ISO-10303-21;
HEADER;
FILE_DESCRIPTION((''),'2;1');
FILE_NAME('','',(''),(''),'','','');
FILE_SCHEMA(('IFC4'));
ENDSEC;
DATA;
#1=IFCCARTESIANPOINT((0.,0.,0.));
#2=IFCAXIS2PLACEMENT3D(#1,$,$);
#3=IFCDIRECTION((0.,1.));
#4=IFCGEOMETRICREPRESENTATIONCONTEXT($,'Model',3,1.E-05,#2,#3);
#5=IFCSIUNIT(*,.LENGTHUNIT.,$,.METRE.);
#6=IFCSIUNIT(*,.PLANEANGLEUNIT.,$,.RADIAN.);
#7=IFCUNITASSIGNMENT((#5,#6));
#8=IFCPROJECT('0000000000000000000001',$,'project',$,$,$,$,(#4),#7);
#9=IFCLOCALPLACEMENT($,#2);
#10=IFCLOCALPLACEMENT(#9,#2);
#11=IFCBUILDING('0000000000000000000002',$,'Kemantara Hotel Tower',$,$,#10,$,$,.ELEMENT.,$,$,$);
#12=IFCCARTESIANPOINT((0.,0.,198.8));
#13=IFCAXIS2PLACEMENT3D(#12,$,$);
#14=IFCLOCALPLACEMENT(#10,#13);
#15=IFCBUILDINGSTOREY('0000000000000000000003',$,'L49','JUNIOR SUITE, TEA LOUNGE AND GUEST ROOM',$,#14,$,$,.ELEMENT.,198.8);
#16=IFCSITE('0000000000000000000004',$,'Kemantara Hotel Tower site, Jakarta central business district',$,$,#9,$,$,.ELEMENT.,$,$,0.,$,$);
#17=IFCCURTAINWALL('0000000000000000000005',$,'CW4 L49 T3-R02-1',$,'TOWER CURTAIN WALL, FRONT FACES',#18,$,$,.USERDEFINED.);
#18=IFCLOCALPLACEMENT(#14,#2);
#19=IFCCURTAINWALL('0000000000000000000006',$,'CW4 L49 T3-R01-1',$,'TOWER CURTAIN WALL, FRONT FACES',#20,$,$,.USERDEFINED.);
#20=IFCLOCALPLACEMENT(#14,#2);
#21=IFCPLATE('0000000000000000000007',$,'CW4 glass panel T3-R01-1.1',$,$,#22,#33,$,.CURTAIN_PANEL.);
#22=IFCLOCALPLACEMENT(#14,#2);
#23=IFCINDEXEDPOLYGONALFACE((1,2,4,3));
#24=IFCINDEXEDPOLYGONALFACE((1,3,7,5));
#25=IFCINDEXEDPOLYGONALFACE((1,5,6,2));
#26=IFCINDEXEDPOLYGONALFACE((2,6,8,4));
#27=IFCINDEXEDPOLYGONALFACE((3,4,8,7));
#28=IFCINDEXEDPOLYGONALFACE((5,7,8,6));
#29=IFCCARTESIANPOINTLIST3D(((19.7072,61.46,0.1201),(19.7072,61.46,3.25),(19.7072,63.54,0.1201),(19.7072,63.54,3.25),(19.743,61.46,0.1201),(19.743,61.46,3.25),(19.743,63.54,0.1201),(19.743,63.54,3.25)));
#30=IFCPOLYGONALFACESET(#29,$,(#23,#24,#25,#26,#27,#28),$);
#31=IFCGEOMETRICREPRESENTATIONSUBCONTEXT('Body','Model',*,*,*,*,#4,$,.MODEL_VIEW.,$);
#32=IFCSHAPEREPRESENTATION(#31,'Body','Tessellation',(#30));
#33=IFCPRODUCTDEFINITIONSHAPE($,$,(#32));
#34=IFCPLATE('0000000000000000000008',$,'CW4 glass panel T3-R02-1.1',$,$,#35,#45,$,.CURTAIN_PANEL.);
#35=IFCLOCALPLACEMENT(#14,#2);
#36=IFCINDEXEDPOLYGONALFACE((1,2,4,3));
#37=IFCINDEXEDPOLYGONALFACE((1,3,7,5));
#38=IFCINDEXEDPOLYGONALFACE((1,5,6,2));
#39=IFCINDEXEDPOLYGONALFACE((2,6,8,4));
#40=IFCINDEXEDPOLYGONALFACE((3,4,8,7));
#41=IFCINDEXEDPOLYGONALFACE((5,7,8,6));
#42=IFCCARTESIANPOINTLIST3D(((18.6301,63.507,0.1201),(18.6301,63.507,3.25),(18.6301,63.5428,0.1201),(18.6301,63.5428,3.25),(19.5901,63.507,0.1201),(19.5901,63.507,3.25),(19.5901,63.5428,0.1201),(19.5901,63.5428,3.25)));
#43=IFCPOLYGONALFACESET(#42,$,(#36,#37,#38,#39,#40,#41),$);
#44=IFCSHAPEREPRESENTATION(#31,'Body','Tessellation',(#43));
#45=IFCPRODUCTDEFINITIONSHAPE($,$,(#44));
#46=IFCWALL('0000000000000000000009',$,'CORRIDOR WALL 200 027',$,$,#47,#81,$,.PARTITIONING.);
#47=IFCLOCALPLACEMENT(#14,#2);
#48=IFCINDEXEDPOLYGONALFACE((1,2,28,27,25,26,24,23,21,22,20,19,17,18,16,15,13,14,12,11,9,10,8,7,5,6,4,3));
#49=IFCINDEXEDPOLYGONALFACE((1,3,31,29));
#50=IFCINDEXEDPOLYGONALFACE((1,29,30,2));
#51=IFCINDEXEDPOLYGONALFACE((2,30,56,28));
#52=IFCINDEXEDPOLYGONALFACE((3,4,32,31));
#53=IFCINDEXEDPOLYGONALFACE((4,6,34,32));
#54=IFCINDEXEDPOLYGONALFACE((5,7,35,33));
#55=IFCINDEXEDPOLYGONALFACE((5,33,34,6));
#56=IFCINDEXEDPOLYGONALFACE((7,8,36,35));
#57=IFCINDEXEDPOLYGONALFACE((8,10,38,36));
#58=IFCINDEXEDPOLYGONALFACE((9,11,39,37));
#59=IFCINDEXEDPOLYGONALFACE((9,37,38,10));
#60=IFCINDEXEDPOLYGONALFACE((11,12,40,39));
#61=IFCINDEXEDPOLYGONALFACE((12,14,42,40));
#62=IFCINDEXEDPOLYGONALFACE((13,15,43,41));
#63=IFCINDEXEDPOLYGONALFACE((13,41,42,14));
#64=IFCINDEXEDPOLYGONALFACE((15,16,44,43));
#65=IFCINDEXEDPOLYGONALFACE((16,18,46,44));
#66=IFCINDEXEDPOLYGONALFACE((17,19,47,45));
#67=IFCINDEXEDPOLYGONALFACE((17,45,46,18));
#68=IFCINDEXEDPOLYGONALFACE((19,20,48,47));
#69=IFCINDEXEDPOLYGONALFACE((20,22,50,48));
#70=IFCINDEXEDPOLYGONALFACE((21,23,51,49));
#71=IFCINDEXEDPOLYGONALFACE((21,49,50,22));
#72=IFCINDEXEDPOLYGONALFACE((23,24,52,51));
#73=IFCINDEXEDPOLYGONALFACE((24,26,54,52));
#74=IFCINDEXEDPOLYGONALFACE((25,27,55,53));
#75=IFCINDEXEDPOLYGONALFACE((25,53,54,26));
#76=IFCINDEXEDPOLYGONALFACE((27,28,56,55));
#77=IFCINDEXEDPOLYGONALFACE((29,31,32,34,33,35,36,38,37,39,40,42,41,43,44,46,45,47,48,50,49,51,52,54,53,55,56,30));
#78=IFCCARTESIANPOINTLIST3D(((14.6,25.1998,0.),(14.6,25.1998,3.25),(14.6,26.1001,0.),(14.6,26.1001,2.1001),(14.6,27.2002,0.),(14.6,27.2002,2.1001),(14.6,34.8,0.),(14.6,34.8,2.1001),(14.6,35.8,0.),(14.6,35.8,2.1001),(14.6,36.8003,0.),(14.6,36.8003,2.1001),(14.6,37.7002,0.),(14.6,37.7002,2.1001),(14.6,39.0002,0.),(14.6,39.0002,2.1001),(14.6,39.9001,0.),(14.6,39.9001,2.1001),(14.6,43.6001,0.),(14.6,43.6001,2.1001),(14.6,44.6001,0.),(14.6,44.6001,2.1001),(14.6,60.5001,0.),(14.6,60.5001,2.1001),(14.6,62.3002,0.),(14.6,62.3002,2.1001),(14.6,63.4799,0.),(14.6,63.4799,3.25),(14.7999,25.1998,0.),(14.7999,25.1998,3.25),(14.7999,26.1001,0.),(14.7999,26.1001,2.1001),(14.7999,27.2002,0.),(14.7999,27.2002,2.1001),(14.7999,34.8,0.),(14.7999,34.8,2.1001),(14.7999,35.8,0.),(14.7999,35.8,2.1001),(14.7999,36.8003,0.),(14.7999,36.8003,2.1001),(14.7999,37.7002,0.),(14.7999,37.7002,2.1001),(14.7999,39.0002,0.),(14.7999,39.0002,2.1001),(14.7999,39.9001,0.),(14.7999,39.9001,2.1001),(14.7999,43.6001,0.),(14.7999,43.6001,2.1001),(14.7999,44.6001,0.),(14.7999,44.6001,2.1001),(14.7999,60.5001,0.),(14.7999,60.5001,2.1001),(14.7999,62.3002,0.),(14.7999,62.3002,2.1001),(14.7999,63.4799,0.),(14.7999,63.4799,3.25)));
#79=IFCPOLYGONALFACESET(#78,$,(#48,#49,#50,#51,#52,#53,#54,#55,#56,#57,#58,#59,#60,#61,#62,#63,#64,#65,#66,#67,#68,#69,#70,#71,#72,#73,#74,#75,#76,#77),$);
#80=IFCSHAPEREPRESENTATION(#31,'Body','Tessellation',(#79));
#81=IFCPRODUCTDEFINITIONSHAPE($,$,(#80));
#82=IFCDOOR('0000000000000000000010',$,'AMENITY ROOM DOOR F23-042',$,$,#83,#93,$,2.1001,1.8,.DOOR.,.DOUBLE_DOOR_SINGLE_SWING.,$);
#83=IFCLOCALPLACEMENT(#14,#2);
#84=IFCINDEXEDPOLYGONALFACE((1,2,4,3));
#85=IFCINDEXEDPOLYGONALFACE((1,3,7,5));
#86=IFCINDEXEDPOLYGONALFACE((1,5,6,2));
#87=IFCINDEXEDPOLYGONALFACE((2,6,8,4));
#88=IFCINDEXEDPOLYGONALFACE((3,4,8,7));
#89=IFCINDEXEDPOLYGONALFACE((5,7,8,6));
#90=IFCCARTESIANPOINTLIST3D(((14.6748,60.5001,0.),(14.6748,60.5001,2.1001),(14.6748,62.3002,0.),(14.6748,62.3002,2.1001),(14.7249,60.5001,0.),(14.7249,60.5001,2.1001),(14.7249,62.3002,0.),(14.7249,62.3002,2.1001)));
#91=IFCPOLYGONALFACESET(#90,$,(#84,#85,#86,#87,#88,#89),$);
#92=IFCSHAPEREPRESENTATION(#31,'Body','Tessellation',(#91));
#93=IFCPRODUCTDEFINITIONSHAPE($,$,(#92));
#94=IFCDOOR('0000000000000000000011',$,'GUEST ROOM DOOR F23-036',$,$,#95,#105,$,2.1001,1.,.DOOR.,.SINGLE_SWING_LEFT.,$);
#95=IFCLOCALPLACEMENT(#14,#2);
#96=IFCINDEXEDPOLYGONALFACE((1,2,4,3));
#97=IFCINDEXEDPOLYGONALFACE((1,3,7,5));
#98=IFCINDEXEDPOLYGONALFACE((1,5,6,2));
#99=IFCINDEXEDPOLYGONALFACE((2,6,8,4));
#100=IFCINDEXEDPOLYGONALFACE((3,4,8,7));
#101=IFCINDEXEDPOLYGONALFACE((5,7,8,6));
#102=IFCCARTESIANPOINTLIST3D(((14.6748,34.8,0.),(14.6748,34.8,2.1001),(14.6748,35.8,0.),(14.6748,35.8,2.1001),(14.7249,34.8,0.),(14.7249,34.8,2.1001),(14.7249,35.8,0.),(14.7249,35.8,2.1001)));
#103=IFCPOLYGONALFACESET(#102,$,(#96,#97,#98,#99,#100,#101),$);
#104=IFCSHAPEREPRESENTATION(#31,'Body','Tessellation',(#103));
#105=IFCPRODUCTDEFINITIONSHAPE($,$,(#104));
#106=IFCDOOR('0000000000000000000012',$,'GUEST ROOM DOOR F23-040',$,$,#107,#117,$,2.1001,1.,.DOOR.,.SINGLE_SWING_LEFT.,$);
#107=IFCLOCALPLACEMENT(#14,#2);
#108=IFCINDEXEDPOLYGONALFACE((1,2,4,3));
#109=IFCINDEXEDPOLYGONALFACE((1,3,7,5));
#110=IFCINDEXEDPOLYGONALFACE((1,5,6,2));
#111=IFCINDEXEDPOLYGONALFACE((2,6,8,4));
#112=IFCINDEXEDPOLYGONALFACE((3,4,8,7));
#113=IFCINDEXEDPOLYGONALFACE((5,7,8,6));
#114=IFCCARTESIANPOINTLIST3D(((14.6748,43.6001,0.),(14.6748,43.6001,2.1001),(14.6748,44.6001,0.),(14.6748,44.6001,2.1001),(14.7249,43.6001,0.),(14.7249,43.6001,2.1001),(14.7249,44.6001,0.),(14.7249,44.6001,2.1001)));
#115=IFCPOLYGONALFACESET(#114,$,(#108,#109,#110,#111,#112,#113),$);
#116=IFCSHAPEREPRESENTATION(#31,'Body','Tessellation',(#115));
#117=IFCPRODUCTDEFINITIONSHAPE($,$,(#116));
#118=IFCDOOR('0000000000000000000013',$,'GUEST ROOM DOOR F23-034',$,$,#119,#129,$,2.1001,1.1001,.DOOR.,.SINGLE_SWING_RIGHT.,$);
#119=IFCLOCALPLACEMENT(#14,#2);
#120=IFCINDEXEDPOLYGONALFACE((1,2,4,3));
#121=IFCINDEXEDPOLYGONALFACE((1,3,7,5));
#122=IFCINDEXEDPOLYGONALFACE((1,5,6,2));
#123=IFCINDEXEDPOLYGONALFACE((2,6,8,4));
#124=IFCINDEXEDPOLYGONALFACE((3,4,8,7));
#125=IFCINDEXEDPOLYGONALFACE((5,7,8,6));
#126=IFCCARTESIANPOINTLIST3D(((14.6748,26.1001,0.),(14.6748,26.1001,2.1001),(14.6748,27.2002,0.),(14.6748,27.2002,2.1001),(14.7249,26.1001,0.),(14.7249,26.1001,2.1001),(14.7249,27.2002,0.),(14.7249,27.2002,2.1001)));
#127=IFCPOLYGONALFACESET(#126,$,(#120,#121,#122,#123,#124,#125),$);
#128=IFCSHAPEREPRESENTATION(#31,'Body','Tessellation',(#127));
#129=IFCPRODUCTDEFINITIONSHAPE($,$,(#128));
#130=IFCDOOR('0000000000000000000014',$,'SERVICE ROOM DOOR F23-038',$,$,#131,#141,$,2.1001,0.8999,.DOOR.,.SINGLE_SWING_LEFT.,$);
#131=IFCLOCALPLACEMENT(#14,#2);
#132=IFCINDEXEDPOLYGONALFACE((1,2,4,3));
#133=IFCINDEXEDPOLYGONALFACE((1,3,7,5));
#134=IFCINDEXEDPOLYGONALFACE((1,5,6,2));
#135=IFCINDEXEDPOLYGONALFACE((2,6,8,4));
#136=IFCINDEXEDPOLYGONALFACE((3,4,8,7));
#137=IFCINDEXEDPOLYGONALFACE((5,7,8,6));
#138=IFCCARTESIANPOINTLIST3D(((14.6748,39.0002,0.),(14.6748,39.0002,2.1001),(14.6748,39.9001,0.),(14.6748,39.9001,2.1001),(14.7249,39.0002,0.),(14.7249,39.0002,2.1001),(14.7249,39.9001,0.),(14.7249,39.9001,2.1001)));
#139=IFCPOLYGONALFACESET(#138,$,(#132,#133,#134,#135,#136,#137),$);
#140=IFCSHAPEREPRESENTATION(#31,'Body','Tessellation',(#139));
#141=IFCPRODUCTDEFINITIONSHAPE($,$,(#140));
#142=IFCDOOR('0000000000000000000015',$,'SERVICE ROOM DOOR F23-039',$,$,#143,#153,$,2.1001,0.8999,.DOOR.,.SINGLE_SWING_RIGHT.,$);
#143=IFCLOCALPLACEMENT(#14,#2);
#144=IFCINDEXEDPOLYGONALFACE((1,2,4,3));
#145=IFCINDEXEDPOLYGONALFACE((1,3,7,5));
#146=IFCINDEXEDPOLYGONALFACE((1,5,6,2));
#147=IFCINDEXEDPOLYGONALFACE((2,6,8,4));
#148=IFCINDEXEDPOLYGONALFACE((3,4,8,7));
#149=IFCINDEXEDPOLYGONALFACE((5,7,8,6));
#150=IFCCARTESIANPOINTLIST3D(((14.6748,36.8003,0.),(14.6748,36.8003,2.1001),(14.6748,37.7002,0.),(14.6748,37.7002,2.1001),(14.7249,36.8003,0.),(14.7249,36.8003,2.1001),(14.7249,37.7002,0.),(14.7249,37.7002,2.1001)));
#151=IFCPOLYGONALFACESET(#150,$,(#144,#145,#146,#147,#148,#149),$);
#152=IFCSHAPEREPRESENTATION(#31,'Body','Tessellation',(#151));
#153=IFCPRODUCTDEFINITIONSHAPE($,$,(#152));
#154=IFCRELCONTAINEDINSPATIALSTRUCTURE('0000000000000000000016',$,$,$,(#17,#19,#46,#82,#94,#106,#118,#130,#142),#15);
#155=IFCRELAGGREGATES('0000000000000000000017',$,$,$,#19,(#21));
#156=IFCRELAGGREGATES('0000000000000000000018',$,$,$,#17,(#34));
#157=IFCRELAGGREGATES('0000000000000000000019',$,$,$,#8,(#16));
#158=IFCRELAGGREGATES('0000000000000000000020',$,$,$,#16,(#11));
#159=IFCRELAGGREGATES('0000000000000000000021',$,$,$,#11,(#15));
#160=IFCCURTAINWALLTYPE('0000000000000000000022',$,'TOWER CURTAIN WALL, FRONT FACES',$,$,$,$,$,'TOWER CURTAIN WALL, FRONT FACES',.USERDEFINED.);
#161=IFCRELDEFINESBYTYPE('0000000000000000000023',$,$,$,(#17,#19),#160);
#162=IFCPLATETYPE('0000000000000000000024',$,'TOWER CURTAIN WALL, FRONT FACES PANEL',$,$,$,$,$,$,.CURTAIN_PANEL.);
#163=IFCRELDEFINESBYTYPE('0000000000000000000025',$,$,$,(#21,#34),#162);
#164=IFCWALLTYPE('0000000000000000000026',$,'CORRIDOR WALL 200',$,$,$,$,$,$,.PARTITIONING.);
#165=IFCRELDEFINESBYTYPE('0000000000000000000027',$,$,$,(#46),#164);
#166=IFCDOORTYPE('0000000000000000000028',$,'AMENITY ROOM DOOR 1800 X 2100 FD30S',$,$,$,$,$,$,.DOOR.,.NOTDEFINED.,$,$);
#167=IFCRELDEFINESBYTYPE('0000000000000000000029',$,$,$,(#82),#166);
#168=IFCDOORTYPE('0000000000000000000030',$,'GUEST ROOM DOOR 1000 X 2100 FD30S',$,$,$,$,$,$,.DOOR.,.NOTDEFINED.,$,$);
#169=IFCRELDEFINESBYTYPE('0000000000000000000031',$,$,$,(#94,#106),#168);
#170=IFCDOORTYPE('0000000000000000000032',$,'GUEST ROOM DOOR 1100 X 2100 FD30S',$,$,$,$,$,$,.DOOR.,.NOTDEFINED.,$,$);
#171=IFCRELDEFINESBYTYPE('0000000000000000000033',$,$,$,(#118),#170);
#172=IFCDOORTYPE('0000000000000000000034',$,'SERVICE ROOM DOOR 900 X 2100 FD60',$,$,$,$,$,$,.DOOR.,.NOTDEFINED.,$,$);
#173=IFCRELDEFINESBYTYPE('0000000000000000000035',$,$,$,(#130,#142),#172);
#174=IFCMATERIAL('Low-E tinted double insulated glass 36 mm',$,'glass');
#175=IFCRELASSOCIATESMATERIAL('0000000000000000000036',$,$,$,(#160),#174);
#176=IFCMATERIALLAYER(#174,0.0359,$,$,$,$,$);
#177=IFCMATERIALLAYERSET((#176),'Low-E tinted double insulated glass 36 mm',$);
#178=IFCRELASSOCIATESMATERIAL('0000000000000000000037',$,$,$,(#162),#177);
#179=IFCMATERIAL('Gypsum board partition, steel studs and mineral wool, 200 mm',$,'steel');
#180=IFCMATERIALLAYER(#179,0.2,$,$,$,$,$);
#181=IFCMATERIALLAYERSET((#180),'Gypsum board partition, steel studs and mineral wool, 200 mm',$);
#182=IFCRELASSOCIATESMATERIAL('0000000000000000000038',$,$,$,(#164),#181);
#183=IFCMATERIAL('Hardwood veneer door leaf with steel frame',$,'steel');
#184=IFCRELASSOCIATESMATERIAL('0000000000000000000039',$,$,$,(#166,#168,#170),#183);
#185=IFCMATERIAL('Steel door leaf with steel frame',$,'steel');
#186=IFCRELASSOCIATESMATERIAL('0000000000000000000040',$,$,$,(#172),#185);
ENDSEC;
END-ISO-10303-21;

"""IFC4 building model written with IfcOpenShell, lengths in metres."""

from ifc_helpers import new_model, si_unit, direction, frame, frame_2d, origin, origin_2d, place, context, subcontext, project, spatial, rectangle, extrude, source, transform, mapped, material, layer, layer_set, type_object, element, fill, aggregate, save


model = new_model("IFC4")

# Units and contexts
model_context = context("Model", 3, precision=1e-05, world=origin(), true_north=direction((0.0, 1.0)))
body_context = subcontext(model_context, "Body", "Model", "MODEL_VIEW")
ifc_project = project(units=[si_unit("LENGTHUNIT", "METRE"), si_unit("PLANEANGLEUNIT", "RADIAN")], contexts=[model_context])

# Site, building, storey
site_placement = place(None, origin())
site = spatial("IfcSite", under=ifc_project, at=site_placement, Name="Kemantara Hotel Tower site, Jakarta central business district", CompositionType="ELEMENT", RefElevation=0.0)
building_placement = place(site_placement, origin())
building = spatial("IfcBuilding", under=site, at=building_placement, Name="Kemantara Hotel Tower", CompositionType="ELEMENT")
storey_placement = place(building_placement, frame((0.0, 0.0, 198.8)))
storey = spatial("IfcBuildingStorey", under=building, at=storey_placement, Name="L49", Description="JUNIOR SUITE, TEA LOUNGE AND GUEST ROOM", CompositionType="ELEMENT", Elevation=198.8)

# Curtain walls
ifc_material_1 = material(Name="Low-E tinted double insulated glass 36 mm", Category="glass")
curtain_wall_type = type_object("IfcCurtainWallType", Name="TOWER CURTAIN WALL, FRONT FACES", ElementType="TOWER CURTAIN WALL, FRONT FACES", PredefinedType="USERDEFINED", material=ifc_material_1)
curtain_wall_1_placement = place(storey_placement, origin())
curtain_wall_1 = element("IfcCurtainWall", 1, at=curtain_wall_1_placement, inside=storey, type_object=curtain_wall_type, Name="CW4 L49 T3-R02-1", ObjectType="TOWER CURTAIN WALL, FRONT FACES", PredefinedType="USERDEFINED")
curtain_wall_2_placement = place(storey_placement, origin())
curtain_wall_2 = element("IfcCurtainWall", 2, at=curtain_wall_2_placement, inside=storey, type_object=curtain_wall_type, Name="CW4 L49 T3-R01-1", ObjectType="TOWER CURTAIN WALL, FRONT FACES", PredefinedType="USERDEFINED")

# Plates
ifc_layer_1 = layer(ifc_material_1, 0.0359)
ifc_layer_set_1 = layer_set([ifc_layer_1], Name="Low-E tinted double insulated glass 36 mm")
plate_type = type_object("IfcPlateType", Name="TOWER CURTAIN WALL, FRONT FACES PANEL", PredefinedType="CURTAIN_PANEL", material=ifc_layer_set_1)
shared_shape_1 = source(origin(), body_context, "Body", "SweptSolid", [
    extrude(rectangle(XDim=2.0801, YDim=0.0359, at=origin_2d()), origin(), (0.0, 0.0, 1.0), 3.1299),
])
plate_1_placement = place(storey_placement, frame((19.7251, 62.5, 0.1201), z_axis=(0.0, 0.0, 1.0), x_axis=(0.0, 1.0, 0.0)))
plate_1 = element("IfcPlate", 3, at=plate_1_placement, type_object=plate_type, Name="CW4 glass panel T3-R01-1.1", PredefinedType="CURTAIN_PANEL", context=body_context, shape_type="MappedRepresentation", body=[
    mapped(shared_shape_1, transform((0.0, 0.0, 0.0))),
])
aggregate(curtain_wall_2, [plate_1])
shared_shape_2 = source(origin(), body_context, "Body", "SweptSolid", [
    extrude(rectangle(XDim=0.96, YDim=0.0359, at=origin_2d()), origin(), (0.0, 0.0, 1.0), 3.1299),
])
plate_2_placement = place(storey_placement, frame((19.1101, 63.5249, 0.1201), z_axis=(0.0, 0.0, 1.0), x_axis=(-1.0, 0.0, 0.0)))
plate_2 = element("IfcPlate", 4, at=plate_2_placement, type_object=plate_type, Name="CW4 glass panel T3-R02-1.1", PredefinedType="CURTAIN_PANEL", context=body_context, shape_type="MappedRepresentation", body=[
    mapped(shared_shape_2, transform((0.0, 0.0, 0.0))),
])
aggregate(curtain_wall_1, [plate_2])

# Wall, openings, doors
ifc_material_2 = material(Name="Gypsum board partition, steel studs and mineral wool, 200 mm", Category="steel")
ifc_layer_2 = layer(ifc_material_2, 0.2)
ifc_layer_set_2 = layer_set([ifc_layer_2], Name="Gypsum board partition, steel studs and mineral wool, 200 mm")
wall_type = type_object("IfcWallType", Name="CORRIDOR WALL 200", PredefinedType="PARTITIONING", material=ifc_layer_set_2)
wall_placement = place(storey_placement, frame((14.7, 63.48, 0.0), z_axis=(0.0, 0.0, 1.0), x_axis=(0.0, -1.0, 0.0)))
wall = element("IfcWall", 5, at=wall_placement, inside=storey, type_object=wall_type, Name="CORRIDOR WALL 200 027", PredefinedType="PARTITIONING", context=body_context, shape_type="SweptSolid", body=[
    extrude(rectangle(XDim=38.28, YDim=0.2, at=frame_2d((19.1401, 0.0))), origin(), (0.0, 0.0, 1.0), 3.25),
])
opening_1_placement = place(wall_placement, frame((36.2798, 0.0, 0.0)))
opening_1 = element("IfcOpeningElement", 6, at=opening_1_placement, cuts=wall, PredefinedType="OPENING", context=body_context, shape_type="SweptSolid", body=[
    extrude(rectangle(XDim=1.1001, YDim=2.1001, at=frame_2d((0.55, 1.05))), frame((0.0, 0.1099, 0.0), z_axis=(0.0, -1.0, 0.0), x_axis=(1.0, 0.0, 0.0)), (0.0, 0.0, 1.0), 0.22),
])
opening_2_placement = place(wall_placement, frame((27.6799, 0.0, 0.0)))
opening_2 = element("IfcOpeningElement", 7, at=opening_2_placement, cuts=wall, PredefinedType="OPENING", context=body_context, shape_type="SweptSolid", body=[
    extrude(rectangle(XDim=1.0, YDim=2.1001, at=frame_2d((0.5, 1.05))), frame((0.0, 0.1099, 0.0), z_axis=(0.0, -1.0, 0.0), x_axis=(1.0, 0.0, 0.0)), (0.0, 0.0, 1.0), 0.22),
])
opening_3_placement = place(wall_placement, frame((23.5798, 0.0, 0.0)))
opening_3 = element("IfcOpeningElement", 8, at=opening_3_placement, cuts=wall, PredefinedType="OPENING", context=body_context, shape_type="SweptSolid", body=[
    extrude(rectangle(XDim=0.8999, YDim=2.1001, at=frame_2d((0.45, 1.05))), frame((0.0, 0.1099, 0.0), z_axis=(0.0, -1.0, 0.0), x_axis=(1.0, 0.0, 0.0)), (0.0, 0.0, 1.0), 0.22),
])
opening_4_placement = place(wall_placement, frame((25.7798, 0.0, 0.0)))
opening_4 = element("IfcOpeningElement", 9, at=opening_4_placement, cuts=wall, PredefinedType="OPENING", context=body_context, shape_type="SweptSolid", body=[
    extrude(rectangle(XDim=0.8999, YDim=2.1001, at=frame_2d((0.45, 1.05))), frame((0.0, 0.1099, 0.0), z_axis=(0.0, -1.0, 0.0), x_axis=(1.0, 0.0, 0.0)), (0.0, 0.0, 1.0), 0.22),
])
opening_5_placement = place(wall_placement, frame((18.8799, 0.0, 0.0)))
opening_5 = element("IfcOpeningElement", 10, at=opening_5_placement, cuts=wall, PredefinedType="OPENING", context=body_context, shape_type="SweptSolid", body=[
    extrude(rectangle(XDim=1.0, YDim=2.1001, at=frame_2d((0.5, 1.05))), frame((0.0, 0.1099, 0.0), z_axis=(0.0, -1.0, 0.0), x_axis=(1.0, 0.0, 0.0)), (0.0, 0.0, 1.0), 0.22),
])
opening_6_placement = place(wall_placement, frame((1.1799, 0.0, 0.0)))
opening_6 = element("IfcOpeningElement", 11, at=opening_6_placement, cuts=wall, PredefinedType="OPENING", context=body_context, shape_type="SweptSolid", body=[
    extrude(rectangle(XDim=1.8, YDim=2.1001, at=frame_2d((0.8999, 1.05))), frame((0.0, 0.1099, 0.0), z_axis=(0.0, -1.0, 0.0), x_axis=(1.0, 0.0, 0.0)), (0.0, 0.0, 1.0), 0.22),
])
ifc_material_3 = material(Name="Hardwood veneer door leaf with steel frame", Category="steel")
door_type_1 = type_object("IfcDoorType", Name="AMENITY ROOM DOOR 1800 X 2100 FD30S", OperationType="NOTDEFINED", PredefinedType="DOOR", material=ifc_material_3)
door_1_placement = place(opening_6_placement, origin())
door_1 = element("IfcDoor", 12, at=door_1_placement, inside=storey, type_object=door_type_1, Name="AMENITY ROOM DOOR F23-042", OperationType="DOUBLE_DOOR_SINGLE_SWING", OverallHeight=2.1001, OverallWidth=1.8, PredefinedType="DOOR", context=body_context, shape_type="SweptSolid", body=[
    extrude(rectangle(XDim=1.8, YDim=2.1001, at=frame_2d((0.8999, 1.05))), frame((0.0, 0.0249, 0.0), z_axis=(0.0, -1.0, 0.0), x_axis=(1.0, 0.0, 0.0)), (0.0, 0.0, 1.0), 0.05),
])
fill(opening_6, door_1)
door_type_2 = type_object("IfcDoorType", Name="GUEST ROOM DOOR 1000 X 2100 FD30S", OperationType="NOTDEFINED", PredefinedType="DOOR", material=ifc_material_3)
door_2_placement = place(opening_2_placement, origin())
door_2 = element("IfcDoor", 13, at=door_2_placement, inside=storey, type_object=door_type_2, Name="GUEST ROOM DOOR F23-036", OperationType="SINGLE_SWING_LEFT", OverallHeight=2.1001, OverallWidth=1.0, PredefinedType="DOOR", context=body_context, shape_type="SweptSolid", body=[
    extrude(rectangle(XDim=1.0, YDim=2.1001, at=frame_2d((0.5, 1.05))), frame((0.0, 0.0249, 0.0), z_axis=(0.0, -1.0, 0.0), x_axis=(1.0, 0.0, 0.0)), (0.0, 0.0, 1.0), 0.05),
])
fill(opening_2, door_2)
door_3_placement = place(opening_5_placement, origin())
door_3 = element("IfcDoor", 14, at=door_3_placement, inside=storey, type_object=door_type_2, Name="GUEST ROOM DOOR F23-040", OperationType="SINGLE_SWING_LEFT", OverallHeight=2.1001, OverallWidth=1.0, PredefinedType="DOOR", context=body_context, shape_type="SweptSolid", body=[
    extrude(rectangle(XDim=1.0, YDim=2.1001, at=frame_2d((0.5, 1.05))), frame((0.0, 0.0249, 0.0), z_axis=(0.0, -1.0, 0.0), x_axis=(1.0, 0.0, 0.0)), (0.0, 0.0, 1.0), 0.05),
])
fill(opening_5, door_3)
door_type_3 = type_object("IfcDoorType", Name="GUEST ROOM DOOR 1100 X 2100 FD30S", OperationType="NOTDEFINED", PredefinedType="DOOR", material=ifc_material_3)
door_4_placement = place(opening_1_placement, origin())
door_4 = element("IfcDoor", 15, at=door_4_placement, inside=storey, type_object=door_type_3, Name="GUEST ROOM DOOR F23-034", OperationType="SINGLE_SWING_RIGHT", OverallHeight=2.1001, OverallWidth=1.1001, PredefinedType="DOOR", context=body_context, shape_type="SweptSolid", body=[
    extrude(rectangle(XDim=1.1001, YDim=2.1001, at=frame_2d((0.55, 1.05))), frame((0.0, 0.0249, 0.0), z_axis=(0.0, -1.0, 0.0), x_axis=(1.0, 0.0, 0.0)), (0.0, 0.0, 1.0), 0.05),
])
fill(opening_1, door_4)
ifc_material_4 = material(Name="Steel door leaf with steel frame", Category="steel")
door_type_4 = type_object("IfcDoorType", Name="SERVICE ROOM DOOR 900 X 2100 FD60", OperationType="NOTDEFINED", PredefinedType="DOOR", material=ifc_material_4)
door_5_placement = place(opening_3_placement, origin())
door_5 = element("IfcDoor", 16, at=door_5_placement, inside=storey, type_object=door_type_4, Name="SERVICE ROOM DOOR F23-038", OperationType="SINGLE_SWING_LEFT", OverallHeight=2.1001, OverallWidth=0.8999, PredefinedType="DOOR", context=body_context, shape_type="SweptSolid", body=[
    extrude(rectangle(XDim=0.8999, YDim=2.1001, at=frame_2d((0.45, 1.05))), frame((0.0, 0.0249, 0.0), z_axis=(0.0, -1.0, 0.0), x_axis=(1.0, 0.0, 0.0)), (0.0, 0.0, 1.0), 0.05),
])
fill(opening_3, door_5)
door_6_placement = place(opening_4_placement, origin())
door_6 = element("IfcDoor", 17, at=door_6_placement, inside=storey, type_object=door_type_4, Name="SERVICE ROOM DOOR F23-039", OperationType="SINGLE_SWING_RIGHT", OverallHeight=2.1001, OverallWidth=0.8999, PredefinedType="DOOR", context=body_context, shape_type="SweptSolid", body=[
    extrude(rectangle(XDim=0.8999, YDim=2.1001, at=frame_2d((0.45, 1.05))), frame((0.0, 0.0249, 0.0), z_axis=(0.0, -1.0, 0.0), x_axis=(1.0, 0.0, 0.0)), (0.0, 0.0, 1.0), 0.05),
])
fill(opening_4, door_6)

save(model, "model.ifc")
